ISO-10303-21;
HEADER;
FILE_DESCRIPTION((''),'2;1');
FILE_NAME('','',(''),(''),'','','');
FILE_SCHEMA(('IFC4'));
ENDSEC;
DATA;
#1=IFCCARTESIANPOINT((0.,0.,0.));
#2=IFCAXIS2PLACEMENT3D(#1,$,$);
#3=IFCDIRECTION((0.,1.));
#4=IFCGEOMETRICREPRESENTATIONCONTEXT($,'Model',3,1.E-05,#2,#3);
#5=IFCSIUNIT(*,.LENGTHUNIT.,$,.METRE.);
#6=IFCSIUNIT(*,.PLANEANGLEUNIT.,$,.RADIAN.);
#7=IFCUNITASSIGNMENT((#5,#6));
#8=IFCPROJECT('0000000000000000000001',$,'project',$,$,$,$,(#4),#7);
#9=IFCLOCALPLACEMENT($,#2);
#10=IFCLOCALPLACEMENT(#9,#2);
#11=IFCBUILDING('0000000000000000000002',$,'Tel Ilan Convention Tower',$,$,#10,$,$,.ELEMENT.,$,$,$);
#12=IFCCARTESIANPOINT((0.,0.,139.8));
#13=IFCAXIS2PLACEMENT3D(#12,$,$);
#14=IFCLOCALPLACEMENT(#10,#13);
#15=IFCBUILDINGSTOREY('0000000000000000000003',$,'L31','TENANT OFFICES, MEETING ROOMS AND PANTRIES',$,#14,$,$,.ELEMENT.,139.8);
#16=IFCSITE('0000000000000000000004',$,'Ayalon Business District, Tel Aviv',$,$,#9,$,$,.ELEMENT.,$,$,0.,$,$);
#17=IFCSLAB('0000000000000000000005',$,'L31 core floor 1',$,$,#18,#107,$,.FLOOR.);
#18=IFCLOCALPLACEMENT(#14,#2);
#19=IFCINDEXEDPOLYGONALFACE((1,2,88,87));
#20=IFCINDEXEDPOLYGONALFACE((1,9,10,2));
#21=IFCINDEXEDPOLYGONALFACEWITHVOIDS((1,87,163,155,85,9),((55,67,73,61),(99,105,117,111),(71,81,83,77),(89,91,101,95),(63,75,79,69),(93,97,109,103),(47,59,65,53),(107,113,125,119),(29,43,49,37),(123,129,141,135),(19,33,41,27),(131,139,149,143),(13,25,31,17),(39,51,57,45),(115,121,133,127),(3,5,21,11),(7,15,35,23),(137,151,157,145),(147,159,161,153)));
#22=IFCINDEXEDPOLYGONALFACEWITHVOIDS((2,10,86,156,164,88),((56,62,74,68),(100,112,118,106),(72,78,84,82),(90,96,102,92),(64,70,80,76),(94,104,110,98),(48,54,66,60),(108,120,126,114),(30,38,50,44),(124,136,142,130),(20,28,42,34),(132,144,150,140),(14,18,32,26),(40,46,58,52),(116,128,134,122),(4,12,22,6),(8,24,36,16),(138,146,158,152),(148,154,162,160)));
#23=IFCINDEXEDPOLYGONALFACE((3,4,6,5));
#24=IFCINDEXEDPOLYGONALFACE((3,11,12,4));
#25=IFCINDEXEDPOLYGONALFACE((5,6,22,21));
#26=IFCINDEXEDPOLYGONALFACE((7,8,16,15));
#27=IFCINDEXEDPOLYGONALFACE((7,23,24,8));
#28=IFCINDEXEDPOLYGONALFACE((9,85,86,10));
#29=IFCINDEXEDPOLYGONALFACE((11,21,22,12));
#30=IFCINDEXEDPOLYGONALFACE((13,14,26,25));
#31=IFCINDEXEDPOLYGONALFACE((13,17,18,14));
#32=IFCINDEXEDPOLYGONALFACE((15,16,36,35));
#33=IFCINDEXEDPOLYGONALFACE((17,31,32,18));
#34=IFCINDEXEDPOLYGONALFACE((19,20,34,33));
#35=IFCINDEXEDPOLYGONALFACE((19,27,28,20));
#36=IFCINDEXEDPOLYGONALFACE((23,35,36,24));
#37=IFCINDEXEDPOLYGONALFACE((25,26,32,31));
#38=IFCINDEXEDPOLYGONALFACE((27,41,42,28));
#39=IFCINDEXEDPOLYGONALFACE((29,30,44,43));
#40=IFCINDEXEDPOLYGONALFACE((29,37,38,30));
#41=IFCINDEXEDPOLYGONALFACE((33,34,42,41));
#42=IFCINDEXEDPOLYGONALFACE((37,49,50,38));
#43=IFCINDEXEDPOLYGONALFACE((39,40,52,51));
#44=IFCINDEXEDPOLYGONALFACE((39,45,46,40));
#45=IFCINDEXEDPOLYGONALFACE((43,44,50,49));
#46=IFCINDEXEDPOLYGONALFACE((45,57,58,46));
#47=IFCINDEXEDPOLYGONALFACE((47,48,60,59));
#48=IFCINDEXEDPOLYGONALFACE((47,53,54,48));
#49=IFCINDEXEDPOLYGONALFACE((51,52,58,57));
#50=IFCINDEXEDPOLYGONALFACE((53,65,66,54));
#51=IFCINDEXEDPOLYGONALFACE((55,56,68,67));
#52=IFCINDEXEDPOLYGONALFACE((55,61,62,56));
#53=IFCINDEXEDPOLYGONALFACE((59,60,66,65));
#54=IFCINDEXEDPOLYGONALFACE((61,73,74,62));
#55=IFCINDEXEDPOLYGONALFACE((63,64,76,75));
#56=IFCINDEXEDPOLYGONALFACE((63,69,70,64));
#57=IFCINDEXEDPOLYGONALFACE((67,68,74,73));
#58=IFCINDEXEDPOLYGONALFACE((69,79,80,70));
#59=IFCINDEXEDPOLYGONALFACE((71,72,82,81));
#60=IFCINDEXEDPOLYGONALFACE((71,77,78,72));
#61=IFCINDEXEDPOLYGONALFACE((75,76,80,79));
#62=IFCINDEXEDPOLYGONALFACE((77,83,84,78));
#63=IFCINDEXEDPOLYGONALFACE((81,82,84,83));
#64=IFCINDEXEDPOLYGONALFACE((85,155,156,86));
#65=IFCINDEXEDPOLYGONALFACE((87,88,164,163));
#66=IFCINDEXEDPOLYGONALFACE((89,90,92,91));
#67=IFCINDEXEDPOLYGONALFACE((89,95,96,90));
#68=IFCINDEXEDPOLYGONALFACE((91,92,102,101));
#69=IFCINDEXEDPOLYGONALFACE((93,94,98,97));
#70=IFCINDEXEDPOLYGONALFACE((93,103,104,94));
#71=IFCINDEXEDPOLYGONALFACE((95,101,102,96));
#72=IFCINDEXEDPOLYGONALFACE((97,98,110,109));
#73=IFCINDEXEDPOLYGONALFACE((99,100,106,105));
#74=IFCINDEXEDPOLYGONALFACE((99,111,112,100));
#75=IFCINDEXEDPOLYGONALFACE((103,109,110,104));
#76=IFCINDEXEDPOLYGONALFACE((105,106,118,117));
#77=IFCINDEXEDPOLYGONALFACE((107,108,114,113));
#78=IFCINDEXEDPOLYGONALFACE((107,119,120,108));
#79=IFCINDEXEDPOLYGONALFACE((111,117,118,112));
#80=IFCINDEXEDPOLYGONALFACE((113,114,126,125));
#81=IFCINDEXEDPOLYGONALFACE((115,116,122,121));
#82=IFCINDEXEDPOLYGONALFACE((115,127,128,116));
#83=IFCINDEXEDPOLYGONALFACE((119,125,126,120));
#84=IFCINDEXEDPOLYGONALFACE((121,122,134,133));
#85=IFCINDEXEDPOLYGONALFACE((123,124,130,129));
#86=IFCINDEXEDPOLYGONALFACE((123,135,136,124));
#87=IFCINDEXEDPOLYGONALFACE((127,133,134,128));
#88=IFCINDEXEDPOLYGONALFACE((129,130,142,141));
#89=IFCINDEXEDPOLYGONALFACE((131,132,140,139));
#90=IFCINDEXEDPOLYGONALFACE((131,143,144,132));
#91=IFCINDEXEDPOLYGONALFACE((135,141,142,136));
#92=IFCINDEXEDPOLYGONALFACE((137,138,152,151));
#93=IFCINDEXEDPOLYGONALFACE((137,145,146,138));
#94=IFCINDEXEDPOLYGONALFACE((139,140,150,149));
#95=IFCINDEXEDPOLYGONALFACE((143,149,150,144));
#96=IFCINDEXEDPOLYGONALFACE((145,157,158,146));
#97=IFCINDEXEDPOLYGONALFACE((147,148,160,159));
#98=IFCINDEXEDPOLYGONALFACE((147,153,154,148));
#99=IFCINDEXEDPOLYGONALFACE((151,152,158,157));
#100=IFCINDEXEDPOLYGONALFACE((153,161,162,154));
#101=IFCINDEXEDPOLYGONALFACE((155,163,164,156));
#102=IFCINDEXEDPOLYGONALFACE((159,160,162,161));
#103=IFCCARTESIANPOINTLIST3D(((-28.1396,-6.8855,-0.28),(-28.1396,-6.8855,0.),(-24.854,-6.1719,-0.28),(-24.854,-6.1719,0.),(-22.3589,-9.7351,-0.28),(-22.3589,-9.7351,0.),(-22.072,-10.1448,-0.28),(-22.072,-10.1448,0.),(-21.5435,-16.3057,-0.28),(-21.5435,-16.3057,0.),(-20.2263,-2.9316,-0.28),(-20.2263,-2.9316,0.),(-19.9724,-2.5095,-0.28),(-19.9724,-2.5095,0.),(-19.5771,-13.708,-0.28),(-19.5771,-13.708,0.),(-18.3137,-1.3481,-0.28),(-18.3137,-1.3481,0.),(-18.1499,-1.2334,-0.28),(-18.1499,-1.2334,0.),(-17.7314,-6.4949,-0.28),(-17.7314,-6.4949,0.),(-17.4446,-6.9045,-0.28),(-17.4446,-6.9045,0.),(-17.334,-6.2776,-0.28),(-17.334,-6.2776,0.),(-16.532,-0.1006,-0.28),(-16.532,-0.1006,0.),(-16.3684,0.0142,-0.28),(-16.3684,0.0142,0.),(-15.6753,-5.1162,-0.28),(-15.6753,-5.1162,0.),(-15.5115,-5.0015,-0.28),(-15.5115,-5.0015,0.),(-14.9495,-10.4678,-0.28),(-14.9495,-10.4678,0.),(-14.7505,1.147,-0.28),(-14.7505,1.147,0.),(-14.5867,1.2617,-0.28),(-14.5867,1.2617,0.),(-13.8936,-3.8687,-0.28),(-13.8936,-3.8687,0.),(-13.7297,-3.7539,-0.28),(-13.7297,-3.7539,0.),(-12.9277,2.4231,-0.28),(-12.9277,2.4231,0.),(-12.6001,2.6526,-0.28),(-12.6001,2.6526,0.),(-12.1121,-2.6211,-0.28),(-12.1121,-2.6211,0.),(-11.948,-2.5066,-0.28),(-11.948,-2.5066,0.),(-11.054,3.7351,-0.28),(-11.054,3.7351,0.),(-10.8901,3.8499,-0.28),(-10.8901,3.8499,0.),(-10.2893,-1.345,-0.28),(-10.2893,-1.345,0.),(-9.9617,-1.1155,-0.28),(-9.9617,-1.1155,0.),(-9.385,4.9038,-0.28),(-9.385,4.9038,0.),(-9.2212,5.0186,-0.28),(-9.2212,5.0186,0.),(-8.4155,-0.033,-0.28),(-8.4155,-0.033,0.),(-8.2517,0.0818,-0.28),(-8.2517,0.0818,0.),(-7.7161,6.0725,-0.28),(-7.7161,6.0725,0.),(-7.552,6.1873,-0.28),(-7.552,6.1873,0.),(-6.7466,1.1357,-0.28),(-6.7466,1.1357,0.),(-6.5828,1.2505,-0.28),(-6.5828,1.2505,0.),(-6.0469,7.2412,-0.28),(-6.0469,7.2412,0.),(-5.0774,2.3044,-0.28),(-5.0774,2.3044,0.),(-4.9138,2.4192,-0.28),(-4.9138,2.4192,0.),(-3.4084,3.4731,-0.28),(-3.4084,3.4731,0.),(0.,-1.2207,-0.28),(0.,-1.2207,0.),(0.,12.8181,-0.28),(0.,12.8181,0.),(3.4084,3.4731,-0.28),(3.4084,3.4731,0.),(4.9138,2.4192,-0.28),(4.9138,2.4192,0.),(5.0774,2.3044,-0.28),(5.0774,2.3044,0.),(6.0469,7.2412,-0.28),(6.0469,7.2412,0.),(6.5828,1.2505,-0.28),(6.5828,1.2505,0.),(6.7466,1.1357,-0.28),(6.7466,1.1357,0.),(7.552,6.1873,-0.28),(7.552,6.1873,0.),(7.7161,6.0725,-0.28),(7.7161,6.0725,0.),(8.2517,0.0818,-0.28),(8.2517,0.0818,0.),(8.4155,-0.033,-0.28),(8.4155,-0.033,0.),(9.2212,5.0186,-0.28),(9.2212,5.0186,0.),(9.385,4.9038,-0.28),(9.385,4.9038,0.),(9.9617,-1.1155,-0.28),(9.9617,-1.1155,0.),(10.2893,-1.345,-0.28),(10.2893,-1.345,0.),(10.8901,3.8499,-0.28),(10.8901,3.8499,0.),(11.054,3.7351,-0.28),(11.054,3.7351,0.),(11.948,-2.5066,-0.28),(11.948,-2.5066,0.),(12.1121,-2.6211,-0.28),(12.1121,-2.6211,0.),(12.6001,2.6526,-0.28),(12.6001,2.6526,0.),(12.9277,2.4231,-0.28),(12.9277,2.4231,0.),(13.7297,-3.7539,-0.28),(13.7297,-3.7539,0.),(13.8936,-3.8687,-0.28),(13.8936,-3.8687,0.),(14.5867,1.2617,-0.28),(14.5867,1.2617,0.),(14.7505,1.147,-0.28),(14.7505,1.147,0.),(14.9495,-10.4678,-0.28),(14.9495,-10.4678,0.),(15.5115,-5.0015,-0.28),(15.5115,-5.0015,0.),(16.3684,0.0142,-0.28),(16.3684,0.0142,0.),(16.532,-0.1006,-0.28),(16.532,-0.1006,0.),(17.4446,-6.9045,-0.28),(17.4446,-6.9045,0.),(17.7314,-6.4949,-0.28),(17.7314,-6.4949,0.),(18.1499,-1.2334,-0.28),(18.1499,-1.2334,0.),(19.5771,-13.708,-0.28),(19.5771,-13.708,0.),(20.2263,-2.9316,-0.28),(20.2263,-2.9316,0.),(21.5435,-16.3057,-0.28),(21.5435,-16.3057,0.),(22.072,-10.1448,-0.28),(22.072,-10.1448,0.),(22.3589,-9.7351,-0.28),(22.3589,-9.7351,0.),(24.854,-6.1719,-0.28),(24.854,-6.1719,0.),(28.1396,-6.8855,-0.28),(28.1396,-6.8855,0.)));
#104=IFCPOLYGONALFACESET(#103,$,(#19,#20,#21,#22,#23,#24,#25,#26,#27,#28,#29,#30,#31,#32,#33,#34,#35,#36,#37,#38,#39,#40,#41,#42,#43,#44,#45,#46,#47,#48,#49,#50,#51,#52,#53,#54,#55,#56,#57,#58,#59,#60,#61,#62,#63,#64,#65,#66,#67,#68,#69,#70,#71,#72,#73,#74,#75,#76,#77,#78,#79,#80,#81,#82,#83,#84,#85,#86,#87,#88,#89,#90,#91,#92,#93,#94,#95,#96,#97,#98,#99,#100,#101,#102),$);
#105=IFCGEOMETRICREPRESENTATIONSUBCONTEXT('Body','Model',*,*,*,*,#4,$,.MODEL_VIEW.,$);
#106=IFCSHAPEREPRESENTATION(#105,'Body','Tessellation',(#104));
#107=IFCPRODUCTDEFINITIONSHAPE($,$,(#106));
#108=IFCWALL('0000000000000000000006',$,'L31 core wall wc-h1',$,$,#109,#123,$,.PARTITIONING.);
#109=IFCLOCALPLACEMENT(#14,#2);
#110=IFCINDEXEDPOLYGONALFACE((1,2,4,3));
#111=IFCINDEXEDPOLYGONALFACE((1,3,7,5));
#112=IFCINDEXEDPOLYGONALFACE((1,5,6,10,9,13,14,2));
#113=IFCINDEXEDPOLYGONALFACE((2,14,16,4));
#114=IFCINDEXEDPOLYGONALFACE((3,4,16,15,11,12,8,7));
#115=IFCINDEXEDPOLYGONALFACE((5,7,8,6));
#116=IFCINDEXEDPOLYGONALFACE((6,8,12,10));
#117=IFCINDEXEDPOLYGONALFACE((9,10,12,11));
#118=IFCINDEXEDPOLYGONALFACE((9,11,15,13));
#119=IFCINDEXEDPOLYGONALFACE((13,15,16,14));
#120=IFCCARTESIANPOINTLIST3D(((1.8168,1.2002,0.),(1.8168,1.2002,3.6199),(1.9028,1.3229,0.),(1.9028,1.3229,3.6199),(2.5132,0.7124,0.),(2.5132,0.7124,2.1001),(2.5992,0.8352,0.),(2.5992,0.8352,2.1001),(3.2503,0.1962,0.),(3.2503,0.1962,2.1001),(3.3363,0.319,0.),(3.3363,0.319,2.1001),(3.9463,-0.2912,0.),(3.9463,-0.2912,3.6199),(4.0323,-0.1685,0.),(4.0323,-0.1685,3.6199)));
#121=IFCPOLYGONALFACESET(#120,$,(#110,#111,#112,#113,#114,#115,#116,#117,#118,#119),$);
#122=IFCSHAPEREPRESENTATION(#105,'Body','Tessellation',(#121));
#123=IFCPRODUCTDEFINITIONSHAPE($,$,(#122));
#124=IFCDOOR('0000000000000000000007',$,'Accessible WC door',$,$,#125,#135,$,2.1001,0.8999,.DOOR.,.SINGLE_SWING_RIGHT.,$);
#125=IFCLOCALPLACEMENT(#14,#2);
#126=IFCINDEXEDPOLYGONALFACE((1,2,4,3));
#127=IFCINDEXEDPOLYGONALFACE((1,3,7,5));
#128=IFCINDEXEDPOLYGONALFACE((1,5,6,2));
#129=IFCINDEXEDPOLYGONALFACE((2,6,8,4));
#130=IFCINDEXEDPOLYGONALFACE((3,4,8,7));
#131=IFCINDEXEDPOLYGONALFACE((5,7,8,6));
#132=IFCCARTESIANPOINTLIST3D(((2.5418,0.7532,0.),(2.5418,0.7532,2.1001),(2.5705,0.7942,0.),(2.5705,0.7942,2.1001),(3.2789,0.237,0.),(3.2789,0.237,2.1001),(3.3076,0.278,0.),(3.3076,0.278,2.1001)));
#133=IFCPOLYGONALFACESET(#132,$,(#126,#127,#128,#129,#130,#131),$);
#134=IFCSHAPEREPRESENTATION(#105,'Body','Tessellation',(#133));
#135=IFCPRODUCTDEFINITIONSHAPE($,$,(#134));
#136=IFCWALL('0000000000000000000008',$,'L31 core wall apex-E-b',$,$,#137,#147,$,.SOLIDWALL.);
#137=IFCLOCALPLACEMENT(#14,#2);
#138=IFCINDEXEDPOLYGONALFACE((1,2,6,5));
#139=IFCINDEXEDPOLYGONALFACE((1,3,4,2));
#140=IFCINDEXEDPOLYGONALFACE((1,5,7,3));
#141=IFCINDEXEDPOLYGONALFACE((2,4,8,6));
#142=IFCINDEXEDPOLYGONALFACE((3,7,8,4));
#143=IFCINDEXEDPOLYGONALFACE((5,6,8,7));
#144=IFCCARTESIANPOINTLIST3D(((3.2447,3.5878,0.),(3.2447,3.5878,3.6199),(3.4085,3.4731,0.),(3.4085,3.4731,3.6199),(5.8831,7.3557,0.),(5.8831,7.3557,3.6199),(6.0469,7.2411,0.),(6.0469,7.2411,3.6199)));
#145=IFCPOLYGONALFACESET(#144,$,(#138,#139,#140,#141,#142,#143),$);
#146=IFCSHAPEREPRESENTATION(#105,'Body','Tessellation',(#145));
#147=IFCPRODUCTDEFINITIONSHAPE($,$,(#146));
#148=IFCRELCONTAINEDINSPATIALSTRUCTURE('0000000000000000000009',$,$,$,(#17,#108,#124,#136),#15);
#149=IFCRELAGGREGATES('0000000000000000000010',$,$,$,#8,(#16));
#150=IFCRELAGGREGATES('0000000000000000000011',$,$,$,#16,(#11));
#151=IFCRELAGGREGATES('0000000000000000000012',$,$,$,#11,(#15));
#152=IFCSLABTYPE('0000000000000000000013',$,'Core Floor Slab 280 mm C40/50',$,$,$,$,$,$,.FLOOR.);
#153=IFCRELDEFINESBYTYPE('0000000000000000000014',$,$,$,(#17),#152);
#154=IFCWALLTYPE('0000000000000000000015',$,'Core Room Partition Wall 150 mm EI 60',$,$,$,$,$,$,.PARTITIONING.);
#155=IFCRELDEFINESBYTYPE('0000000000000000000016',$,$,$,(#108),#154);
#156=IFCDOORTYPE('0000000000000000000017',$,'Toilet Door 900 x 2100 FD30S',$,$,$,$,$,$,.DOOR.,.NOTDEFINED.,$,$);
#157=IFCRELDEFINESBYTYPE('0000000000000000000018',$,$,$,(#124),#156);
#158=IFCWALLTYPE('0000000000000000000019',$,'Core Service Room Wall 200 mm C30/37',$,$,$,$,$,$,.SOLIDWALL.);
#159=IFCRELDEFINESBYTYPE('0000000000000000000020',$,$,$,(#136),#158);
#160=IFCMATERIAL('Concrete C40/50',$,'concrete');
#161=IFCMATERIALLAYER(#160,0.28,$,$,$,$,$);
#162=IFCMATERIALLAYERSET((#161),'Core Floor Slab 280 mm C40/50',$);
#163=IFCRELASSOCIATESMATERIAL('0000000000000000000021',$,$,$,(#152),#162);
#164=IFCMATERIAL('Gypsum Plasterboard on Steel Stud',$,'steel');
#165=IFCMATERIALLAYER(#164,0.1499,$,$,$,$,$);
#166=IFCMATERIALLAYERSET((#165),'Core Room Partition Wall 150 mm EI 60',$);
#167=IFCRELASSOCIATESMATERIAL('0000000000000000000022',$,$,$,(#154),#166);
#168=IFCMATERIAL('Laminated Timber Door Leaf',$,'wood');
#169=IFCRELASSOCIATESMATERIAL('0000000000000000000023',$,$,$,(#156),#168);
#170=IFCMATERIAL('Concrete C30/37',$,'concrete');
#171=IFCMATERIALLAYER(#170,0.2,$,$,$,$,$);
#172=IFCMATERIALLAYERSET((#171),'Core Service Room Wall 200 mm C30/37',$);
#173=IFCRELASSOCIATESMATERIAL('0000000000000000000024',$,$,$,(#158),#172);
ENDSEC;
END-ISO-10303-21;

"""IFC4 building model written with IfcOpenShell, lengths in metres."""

from ifc_helpers import new_model, si_unit, direction, frame, frame_2d, origin, place, context, subcontext, project, spatial, polyline, rectangle, outline, extrude, material, layer, layer_set, type_object, element, fill, save


model = new_model("IFC4")

# Units and contexts
model_context = context("Model", 3, precision=1e-05, world=origin(), true_north=direction((0.0, 1.0)))
body_context = subcontext(model_context, "Body", "Model", "MODEL_VIEW")
ifc_project = project(units=[si_unit("LENGTHUNIT", "METRE"), si_unit("PLANEANGLEUNIT", "RADIAN")], contexts=[model_context])

# Site, building, storey
site_placement = place(None, origin())
site = spatial("IfcSite", under=ifc_project, at=site_placement, Name="Ayalon Business District, Tel Aviv", CompositionType="ELEMENT", RefElevation=0.0)
building_placement = place(site_placement, origin())
building = spatial("IfcBuilding", under=site, at=building_placement, Name="Tel Ilan Convention Tower", CompositionType="ELEMENT")
storey_placement = place(building_placement, frame((0.0, 0.0, 139.8)))
storey = spatial("IfcBuildingStorey", under=building, at=storey_placement, Name="L31", Description="TENANT OFFICES, MEETING ROOMS AND PANTRIES", CompositionType="ELEMENT", Elevation=139.8)

# Slab
ifc_material_1 = material(Name="Concrete C40/50", Category="concrete")
ifc_layer_1 = layer(ifc_material_1, 0.28)
ifc_layer_set_1 = layer_set([ifc_layer_1], Name="Core Floor Slab 280 mm C40/50")
slab_type = type_object("IfcSlabType", Name="Core Floor Slab 280 mm C40/50", PredefinedType="FLOOR", material=ifc_layer_set_1)
slab_placement = place(storey_placement, frame((0.0, 0.0, -0.28)))
element("IfcSlab", 1, at=slab_placement, inside=storey, type_object=slab_type, Name="L31 core floor 1", PredefinedType="FLOOR", context=body_context, shape_type="SweptSolid", body=[
    extrude(outline(polyline([(-28.1396, -6.8855), (0.0, 12.8181), (28.1396, -6.8855), (21.5435, -16.3057), (0.0, -1.2207), (-21.5435, -16.3057), (-28.1396, -6.8855)]), holes=[polyline([(-14.9495, -10.4678), (-17.4446, -6.9045), (-22.072, -10.1448), (-19.5771, -13.708), (-14.9495, -10.4678)]), polyline([(-17.7314, -6.4949), (-20.2263, -2.9316), (-24.854, -6.1719), (-22.3589, -9.7351), (-17.7314, -6.4949)]), polyline([(-18.3137, -1.3481), (-19.9724, -2.5095), (-17.334, -6.2776), (-15.6753, -5.1162), (-18.3137, -1.3481)]), polyline([(-16.532, -0.1006), (-18.1499, -1.2334), (-15.5115, -5.0015), (-13.8936, -3.8687), (-16.532, -0.1006)]), polyline([(-14.7505, 1.147), (-16.3684, 0.0142), (-13.7297, -3.7539), (-12.1121, -2.6211), (-14.7505, 1.147)]), polyline([(-12.9277, 2.4231), (-14.5867, 1.2617), (-11.948, -2.5066), (-10.2893, -1.345), (-12.9277, 2.4231)]), polyline([(-11.054, 3.7351), (-12.6001, 2.6526), (-9.9617, -1.1155), (-8.4155, -0.033), (-11.054, 3.7351)]), polyline([(-6.7466, 1.1357), (-9.385, 4.9038), (-10.8901, 3.8499), (-8.2517, 0.0818), (-6.7466, 1.1357)]), polyline([(-5.0774, 2.3044), (-7.7161, 6.0725), (-9.2212, 5.0186), (-6.5828, 1.2505), (-5.0774, 2.3044)]), polyline([(-6.0469, 7.2412), (-7.552, 6.1873), (-4.9138, 2.4192), (-3.4084, 3.4731), (-6.0469, 7.2412)]), polyline([(17.4446, -6.9045), (14.9495, -10.4678), (19.5771, -13.708), (22.072, -10.1448), (17.4446, -6.9045)]), polyline([(20.2263, -2.9316), (17.7314, -6.4949), (22.3589, -9.7351), (24.854, -6.1719), (20.2263, -2.9316)]), polyline([(13.8936, -3.8687), (15.5115, -5.0015), (18.1499, -1.2334), (16.532, -0.1006), (13.8936, -3.8687)]), polyline([(12.1121, -2.6211), (13.7297, -3.7539), (16.3684, 0.0142), (14.7505, 1.147), (12.1121, -2.6211)]), polyline([(11.948, -2.5066), (14.5867, 1.2617), (12.9277, 2.4231), (10.2893, -1.345), (11.948, -2.5066)]), polyline([(9.9617, -1.1155), (12.6001, 2.6526), (11.054, 3.7351), (8.4155, -0.033), (9.9617, -1.1155)]), polyline([(8.2517, 0.0818), (10.8901, 3.8499), (9.385, 4.9038), (6.7466, 1.1357), (8.2517, 0.0818)]), polyline([(5.0774, 2.3044), (6.5828, 1.2505), (9.2212, 5.0186), (7.7161, 6.0725), (5.0774, 2.3044)]), polyline([(3.4084, 3.4731), (4.9138, 2.4192), (7.552, 6.1873), (6.0469, 7.2412), (3.4084, 3.4731)])]), origin(), (0.0, 0.0, 1.0), 0.28),
])

# Wall, opening, door
ifc_material_2 = material(Name="Gypsum Plasterboard on Steel Stud", Category="steel")
ifc_layer_2 = layer(ifc_material_2, 0.1499)
ifc_layer_set_2 = layer_set([ifc_layer_2], Name="Core Room Partition Wall 150 mm EI 60")
wall_type_1 = type_object("IfcWallType", Name="Core Room Partition Wall 150 mm EI 60", PredefinedType="PARTITIONING", material=ifc_layer_set_2)
wall_1_placement = place(storey_placement, frame((1.8599, 1.2615, 0.0), z_axis=(0.0, 0.0, 1.0), x_axis=(0.819104, -0.573645, 0.0)))
wall_1 = element("IfcWall", 2, at=wall_1_placement, inside=storey, type_object=wall_type_1, Name="L31 core wall wc-h1", PredefinedType="PARTITIONING", context=body_context, shape_type="SweptSolid", body=[
    extrude(rectangle(XDim=2.5999, YDim=0.1499, at=frame_2d((1.2998, 0.0))), origin(), (0.0, 0.0, 1.0), 3.6199),
])
opening_1_placement = place(wall_1_placement, frame((0.8501, 0.0, 0.0)))
opening_1 = element("IfcOpeningElement", 3, at=opening_1_placement, cuts=wall_1, PredefinedType="OPENING", context=body_context, shape_type="SweptSolid", body=[
    extrude(rectangle(XDim=0.8999, YDim=2.1001, at=frame_2d((0.45, 1.05))), frame((0.0, 0.085, 0.0), z_axis=(0.0, -1.0, 0.0), x_axis=(1.0, 0.0, 0.0)), (0.0, 0.0, 1.0), 0.1699),
])
ifc_material_3 = material(Name="Laminated Timber Door Leaf", Category="wood")
door_type_1 = type_object("IfcDoorType", Name="Toilet Door 900 x 2100 FD30S", OperationType="NOTDEFINED", PredefinedType="DOOR", material=ifc_material_3)
door_1_placement = place(opening_1_placement, origin())
door_1 = element("IfcDoor", 4, at=door_1_placement, inside=storey, type_object=door_type_1, Name="Accessible WC door", OperationType="SINGLE_SWING_RIGHT", OverallHeight=2.1001, OverallWidth=0.8999, PredefinedType="DOOR", context=body_context, shape_type="SweptSolid", body=[
    extrude(rectangle(XDim=0.8999, YDim=2.1001, at=frame_2d((0.45, 1.05))), frame((0.0, 0.0249, 0.0), z_axis=(0.0, -1.0, 0.0), x_axis=(1.0, 0.0, 0.0)), (0.0, 0.0, 1.0), 0.05),
])
fill(opening_1, door_1)

# Wall
ifc_material_4 = material(Name="Concrete C30/37", Category="concrete")
ifc_layer_3 = layer(ifc_material_4, 0.2)
ifc_layer_set_3 = layer_set([ifc_layer_3], Name="Core Service Room Wall 200 mm C30/37")
wall_type_2 = type_object("IfcWallType", Name="Core Service Room Wall 200 mm C30/37", PredefinedType="SOLIDWALL", material=ifc_layer_set_3)
wall_2_placement = place(storey_placement, frame((3.3267, 3.5305, 0.0), z_axis=(0.0, 0.0, 1.0), x_axis=(0.573576, 0.819152, 0.0)))
element("IfcWall", 5, at=wall_2_placement, inside=storey, type_object=wall_type_2, Name="L31 core wall apex-E-b", PredefinedType="SOLIDWALL", context=body_context, shape_type="SweptSolid", body=[
    extrude(rectangle(XDim=4.5999, YDim=0.2, at=frame_2d((2.2998, 0.0))), origin(), (0.0, 0.0, 1.0), 3.6199),
])

save(model, "model.ifc")
